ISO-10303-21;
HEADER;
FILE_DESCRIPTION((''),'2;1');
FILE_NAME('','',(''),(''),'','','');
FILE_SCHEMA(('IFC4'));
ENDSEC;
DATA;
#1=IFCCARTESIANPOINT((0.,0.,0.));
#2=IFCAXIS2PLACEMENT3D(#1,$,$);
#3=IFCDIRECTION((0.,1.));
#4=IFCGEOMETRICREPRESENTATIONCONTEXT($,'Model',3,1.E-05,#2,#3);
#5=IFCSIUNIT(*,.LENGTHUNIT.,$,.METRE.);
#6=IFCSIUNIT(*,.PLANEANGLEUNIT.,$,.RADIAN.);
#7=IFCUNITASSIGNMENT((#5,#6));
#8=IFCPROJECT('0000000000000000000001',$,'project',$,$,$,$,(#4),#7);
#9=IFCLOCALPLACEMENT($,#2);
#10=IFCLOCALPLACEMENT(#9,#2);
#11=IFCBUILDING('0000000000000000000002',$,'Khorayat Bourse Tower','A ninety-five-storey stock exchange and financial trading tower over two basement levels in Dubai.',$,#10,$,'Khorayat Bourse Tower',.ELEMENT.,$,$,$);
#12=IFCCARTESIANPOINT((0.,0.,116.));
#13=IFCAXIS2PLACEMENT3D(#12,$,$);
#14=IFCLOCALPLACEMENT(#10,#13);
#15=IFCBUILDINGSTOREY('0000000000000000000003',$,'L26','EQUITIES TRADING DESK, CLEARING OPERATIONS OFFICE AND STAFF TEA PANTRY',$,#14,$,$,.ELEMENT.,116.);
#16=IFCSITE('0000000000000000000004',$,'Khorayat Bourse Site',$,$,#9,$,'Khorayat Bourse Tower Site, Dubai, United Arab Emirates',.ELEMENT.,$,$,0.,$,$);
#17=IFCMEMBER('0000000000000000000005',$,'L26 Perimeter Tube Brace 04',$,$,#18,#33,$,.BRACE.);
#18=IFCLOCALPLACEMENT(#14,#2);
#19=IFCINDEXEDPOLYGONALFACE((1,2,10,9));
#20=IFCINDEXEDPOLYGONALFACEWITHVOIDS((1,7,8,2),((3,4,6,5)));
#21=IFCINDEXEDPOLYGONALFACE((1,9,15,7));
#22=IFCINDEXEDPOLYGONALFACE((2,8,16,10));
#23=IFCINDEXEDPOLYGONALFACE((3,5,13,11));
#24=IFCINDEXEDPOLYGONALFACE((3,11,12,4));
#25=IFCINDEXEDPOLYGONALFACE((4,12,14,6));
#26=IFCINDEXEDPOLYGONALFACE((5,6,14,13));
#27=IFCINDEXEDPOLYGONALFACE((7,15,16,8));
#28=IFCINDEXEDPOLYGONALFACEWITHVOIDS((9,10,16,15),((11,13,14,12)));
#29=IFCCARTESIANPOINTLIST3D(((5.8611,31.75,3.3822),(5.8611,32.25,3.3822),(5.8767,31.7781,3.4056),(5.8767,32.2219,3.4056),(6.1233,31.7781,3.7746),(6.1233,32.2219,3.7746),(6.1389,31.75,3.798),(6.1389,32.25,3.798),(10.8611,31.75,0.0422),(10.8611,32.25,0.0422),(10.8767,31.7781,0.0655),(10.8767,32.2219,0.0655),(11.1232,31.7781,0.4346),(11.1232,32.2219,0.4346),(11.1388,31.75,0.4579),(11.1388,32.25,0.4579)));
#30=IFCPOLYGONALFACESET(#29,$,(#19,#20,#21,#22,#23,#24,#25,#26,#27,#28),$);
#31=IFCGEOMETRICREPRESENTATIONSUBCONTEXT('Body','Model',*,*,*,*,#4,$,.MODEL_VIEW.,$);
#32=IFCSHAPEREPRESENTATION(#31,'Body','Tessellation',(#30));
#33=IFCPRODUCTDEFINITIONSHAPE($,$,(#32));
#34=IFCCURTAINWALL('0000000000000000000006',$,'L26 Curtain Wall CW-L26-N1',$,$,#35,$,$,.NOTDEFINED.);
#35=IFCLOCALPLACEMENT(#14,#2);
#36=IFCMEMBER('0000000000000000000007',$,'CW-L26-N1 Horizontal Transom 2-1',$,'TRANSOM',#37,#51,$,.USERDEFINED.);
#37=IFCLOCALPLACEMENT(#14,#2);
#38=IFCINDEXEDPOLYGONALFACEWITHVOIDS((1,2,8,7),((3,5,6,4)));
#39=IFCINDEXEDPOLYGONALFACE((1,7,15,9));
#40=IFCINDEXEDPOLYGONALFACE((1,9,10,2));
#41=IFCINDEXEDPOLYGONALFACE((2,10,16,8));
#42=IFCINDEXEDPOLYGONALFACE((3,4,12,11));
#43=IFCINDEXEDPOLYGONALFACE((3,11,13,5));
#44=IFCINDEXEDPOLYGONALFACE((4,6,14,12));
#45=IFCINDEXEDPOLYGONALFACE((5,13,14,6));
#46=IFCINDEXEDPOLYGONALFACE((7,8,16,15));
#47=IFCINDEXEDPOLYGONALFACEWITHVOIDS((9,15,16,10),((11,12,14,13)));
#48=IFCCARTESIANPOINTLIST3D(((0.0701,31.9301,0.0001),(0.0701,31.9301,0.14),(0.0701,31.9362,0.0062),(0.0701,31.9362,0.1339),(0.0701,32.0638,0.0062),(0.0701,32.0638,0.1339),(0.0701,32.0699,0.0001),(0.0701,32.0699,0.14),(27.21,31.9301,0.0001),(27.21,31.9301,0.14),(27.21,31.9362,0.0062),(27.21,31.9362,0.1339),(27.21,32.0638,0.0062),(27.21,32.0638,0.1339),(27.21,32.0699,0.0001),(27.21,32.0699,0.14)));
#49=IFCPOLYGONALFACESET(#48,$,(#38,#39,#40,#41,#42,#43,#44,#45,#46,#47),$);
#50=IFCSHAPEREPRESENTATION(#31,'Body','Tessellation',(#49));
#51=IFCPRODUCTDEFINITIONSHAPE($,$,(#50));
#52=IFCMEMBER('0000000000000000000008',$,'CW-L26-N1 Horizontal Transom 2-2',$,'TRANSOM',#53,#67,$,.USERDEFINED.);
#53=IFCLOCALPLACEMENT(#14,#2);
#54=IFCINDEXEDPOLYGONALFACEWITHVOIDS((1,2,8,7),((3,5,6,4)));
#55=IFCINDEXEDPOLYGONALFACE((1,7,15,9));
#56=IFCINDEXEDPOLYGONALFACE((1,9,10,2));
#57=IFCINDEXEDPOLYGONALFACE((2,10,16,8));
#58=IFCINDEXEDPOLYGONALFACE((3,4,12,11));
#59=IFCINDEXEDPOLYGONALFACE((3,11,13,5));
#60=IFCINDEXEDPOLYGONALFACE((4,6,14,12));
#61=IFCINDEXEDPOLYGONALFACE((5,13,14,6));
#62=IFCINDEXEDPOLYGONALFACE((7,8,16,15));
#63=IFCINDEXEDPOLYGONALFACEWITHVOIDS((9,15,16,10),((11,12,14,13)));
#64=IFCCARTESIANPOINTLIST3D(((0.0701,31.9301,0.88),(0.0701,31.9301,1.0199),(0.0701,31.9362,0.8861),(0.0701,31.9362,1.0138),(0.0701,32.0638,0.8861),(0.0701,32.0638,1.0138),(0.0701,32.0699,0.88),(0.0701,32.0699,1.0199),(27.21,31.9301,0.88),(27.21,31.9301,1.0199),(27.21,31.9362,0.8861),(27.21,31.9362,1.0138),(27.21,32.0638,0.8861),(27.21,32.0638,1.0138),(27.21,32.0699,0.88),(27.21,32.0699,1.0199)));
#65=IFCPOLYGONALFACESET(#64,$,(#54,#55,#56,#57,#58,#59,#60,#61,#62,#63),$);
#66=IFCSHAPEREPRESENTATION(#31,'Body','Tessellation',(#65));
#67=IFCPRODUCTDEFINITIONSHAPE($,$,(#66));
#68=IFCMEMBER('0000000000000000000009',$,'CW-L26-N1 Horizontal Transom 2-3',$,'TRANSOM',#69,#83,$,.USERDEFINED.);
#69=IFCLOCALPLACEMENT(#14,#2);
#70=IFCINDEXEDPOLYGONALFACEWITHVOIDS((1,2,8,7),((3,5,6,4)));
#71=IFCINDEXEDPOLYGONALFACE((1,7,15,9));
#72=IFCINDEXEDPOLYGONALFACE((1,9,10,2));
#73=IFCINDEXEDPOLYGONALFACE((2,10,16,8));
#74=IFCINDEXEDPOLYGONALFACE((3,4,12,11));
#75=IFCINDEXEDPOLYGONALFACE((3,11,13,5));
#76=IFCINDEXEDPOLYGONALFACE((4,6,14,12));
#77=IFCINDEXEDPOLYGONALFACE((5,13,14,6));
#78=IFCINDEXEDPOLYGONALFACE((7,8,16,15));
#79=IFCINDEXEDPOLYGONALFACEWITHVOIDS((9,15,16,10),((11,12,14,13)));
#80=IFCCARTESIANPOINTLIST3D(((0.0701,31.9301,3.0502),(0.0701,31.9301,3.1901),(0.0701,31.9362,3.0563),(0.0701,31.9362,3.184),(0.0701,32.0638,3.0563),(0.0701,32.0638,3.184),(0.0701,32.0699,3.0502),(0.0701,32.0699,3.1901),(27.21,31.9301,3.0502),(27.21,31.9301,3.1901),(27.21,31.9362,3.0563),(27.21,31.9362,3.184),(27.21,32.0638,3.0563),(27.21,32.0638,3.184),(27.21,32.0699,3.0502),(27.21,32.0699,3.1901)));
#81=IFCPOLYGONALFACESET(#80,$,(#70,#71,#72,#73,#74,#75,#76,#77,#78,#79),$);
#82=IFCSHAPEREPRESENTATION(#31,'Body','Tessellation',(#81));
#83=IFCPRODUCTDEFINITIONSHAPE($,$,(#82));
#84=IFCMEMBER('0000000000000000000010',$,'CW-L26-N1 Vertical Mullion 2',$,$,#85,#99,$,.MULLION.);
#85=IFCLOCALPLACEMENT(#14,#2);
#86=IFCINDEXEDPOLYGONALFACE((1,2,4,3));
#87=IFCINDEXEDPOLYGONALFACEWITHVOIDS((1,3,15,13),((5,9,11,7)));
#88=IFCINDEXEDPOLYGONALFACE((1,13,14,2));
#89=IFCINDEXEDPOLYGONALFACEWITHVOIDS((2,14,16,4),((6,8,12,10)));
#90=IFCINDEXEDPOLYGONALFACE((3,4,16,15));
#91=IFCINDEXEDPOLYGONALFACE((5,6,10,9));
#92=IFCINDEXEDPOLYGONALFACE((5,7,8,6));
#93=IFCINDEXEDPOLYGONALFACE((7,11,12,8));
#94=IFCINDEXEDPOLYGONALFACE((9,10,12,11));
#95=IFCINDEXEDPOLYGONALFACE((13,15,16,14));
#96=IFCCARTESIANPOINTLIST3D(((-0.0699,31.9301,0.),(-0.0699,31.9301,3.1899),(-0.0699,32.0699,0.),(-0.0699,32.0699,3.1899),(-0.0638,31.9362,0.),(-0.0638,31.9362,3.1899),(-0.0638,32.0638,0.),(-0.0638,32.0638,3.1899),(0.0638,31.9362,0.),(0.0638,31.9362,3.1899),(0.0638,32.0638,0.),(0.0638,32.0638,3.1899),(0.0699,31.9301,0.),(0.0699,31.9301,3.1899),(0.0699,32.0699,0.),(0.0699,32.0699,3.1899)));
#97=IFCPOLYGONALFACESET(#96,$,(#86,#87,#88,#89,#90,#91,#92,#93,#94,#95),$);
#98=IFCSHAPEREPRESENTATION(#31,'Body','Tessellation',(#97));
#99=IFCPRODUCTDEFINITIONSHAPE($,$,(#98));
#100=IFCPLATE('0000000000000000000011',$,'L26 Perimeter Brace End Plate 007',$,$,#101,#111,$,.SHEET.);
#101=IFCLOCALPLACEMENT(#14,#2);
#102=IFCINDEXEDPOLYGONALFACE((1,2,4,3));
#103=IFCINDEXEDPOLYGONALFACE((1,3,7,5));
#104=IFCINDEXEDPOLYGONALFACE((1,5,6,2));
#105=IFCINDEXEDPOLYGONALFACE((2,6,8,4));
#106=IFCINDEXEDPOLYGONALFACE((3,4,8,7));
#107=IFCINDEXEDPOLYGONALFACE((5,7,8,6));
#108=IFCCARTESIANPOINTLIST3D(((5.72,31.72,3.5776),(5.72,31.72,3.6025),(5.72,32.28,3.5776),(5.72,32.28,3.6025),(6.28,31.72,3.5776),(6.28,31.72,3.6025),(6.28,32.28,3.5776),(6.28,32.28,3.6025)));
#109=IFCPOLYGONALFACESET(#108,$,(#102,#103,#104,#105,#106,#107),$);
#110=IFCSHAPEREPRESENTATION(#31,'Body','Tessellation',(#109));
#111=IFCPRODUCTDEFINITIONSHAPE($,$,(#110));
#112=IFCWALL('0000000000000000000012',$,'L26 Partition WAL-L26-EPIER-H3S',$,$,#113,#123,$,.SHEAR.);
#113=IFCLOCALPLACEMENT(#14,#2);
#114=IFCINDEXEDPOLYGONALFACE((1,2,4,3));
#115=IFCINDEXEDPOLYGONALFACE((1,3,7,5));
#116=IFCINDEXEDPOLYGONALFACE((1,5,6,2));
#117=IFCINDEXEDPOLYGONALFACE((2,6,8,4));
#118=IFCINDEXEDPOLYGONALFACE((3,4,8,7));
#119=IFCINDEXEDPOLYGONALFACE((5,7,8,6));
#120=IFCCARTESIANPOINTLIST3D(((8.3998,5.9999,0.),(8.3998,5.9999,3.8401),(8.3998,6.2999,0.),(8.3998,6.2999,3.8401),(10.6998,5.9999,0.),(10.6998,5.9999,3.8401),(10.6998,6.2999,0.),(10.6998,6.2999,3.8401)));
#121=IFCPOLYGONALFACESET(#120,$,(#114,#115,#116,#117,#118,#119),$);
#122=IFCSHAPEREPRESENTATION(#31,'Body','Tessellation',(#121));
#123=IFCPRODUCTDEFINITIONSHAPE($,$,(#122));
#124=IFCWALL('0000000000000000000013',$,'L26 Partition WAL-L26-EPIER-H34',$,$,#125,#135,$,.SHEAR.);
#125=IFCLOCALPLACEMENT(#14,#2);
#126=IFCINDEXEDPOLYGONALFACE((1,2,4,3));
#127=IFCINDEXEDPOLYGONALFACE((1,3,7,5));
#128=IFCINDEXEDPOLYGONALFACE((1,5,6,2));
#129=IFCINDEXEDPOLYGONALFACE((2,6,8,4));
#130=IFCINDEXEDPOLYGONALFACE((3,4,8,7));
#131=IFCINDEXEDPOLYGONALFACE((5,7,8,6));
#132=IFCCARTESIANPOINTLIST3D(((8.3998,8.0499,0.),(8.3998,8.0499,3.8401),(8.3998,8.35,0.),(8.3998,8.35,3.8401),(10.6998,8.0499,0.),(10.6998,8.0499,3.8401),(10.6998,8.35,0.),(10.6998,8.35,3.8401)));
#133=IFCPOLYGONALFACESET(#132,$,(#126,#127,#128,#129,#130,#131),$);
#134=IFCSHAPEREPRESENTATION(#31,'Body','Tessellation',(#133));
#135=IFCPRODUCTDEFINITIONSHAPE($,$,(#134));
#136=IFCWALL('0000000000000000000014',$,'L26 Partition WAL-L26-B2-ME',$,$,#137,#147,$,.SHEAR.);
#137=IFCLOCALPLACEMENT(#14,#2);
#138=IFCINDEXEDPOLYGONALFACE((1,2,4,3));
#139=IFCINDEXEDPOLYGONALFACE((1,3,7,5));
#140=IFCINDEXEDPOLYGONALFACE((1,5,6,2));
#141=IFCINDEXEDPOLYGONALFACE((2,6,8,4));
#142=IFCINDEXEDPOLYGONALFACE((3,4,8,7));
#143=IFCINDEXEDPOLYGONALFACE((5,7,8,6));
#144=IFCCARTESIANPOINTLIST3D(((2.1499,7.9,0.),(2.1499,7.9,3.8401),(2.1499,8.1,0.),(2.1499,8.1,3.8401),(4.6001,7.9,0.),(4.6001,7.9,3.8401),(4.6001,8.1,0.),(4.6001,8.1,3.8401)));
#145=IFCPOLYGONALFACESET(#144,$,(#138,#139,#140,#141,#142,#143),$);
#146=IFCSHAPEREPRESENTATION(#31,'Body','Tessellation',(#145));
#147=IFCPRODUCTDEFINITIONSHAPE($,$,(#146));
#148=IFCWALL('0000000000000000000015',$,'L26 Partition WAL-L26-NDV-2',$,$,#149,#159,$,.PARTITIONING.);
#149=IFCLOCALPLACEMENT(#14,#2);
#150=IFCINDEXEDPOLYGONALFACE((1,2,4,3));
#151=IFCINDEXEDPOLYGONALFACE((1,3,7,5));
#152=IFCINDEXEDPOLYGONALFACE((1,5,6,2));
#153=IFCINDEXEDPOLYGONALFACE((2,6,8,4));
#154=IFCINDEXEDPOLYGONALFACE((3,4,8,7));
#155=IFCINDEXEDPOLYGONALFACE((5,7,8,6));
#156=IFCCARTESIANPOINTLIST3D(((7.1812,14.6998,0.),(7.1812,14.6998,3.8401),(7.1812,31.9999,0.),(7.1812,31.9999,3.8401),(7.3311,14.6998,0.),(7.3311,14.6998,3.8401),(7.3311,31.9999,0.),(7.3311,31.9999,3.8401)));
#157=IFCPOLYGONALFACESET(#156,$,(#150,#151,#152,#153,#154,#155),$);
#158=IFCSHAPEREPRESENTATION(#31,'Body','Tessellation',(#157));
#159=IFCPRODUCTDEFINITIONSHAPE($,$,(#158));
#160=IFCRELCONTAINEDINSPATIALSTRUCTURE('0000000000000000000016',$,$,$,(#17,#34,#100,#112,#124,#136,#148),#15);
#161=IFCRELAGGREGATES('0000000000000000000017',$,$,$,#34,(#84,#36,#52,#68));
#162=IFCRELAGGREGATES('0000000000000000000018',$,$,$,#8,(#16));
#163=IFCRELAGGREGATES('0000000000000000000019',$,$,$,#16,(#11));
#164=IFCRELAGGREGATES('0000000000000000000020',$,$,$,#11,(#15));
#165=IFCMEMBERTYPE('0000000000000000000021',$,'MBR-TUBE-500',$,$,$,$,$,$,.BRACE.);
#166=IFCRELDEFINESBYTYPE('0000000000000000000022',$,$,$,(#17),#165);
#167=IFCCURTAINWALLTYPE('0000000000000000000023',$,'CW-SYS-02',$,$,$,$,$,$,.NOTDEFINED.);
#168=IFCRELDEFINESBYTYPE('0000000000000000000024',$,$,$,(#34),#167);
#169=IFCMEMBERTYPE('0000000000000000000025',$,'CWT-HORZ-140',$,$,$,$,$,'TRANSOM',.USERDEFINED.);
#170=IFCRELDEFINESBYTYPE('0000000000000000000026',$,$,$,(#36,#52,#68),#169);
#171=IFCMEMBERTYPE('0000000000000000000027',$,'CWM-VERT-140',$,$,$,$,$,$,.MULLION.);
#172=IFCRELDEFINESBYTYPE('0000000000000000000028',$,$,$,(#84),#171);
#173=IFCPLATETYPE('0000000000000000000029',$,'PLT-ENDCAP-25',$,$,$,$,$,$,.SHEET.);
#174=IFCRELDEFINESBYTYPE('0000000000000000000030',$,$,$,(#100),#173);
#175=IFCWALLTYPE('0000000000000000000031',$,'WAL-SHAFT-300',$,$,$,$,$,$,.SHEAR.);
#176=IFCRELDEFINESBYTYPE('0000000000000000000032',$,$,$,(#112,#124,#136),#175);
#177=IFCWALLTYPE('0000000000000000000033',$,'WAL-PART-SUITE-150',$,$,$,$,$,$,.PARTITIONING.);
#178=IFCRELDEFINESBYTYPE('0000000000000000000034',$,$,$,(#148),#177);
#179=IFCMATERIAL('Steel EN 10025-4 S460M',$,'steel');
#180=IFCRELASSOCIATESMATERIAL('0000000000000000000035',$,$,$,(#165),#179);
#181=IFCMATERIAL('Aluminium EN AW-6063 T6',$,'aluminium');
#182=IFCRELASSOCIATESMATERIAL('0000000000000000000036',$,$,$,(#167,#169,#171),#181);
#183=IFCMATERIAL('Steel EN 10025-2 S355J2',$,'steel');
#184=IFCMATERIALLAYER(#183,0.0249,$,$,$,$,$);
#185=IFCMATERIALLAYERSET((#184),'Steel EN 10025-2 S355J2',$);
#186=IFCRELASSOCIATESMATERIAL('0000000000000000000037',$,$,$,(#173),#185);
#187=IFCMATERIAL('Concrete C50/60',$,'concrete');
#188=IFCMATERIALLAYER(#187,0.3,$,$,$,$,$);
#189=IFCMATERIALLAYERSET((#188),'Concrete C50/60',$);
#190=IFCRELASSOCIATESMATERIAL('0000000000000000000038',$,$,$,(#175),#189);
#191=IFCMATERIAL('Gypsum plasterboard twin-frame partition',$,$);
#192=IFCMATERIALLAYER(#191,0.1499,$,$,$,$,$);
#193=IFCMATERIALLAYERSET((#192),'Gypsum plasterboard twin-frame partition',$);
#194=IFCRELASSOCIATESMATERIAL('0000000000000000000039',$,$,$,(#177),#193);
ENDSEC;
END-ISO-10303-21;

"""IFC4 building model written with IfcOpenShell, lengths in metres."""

from ifc_helpers import new_model, si_unit, direction, frame, frame_2d, origin, origin_2d, place, context, subcontext, project, spatial, rectangle, hollow_rectangle, extrude, source, transform, mapped, material, layer, layer_set, material_profile, profile_set, type_object, element, aggregate, save


model = new_model("IFC4")

# Units and contexts
model_context = context("Model", 3, precision=1e-05, world=origin(), true_north=direction((0.0, 1.0)))
body_context = subcontext(model_context, "Body", "Model", "MODEL_VIEW")
ifc_project = project(units=[si_unit("LENGTHUNIT", "METRE"), si_unit("PLANEANGLEUNIT", "RADIAN")], contexts=[model_context])

# Site, building, storey
site_placement = place(None, origin())
site = spatial("IfcSite", under=ifc_project, at=site_placement, Name="Khorayat Bourse Site", LongName="Khorayat Bourse Tower Site, Dubai, United Arab Emirates", CompositionType="ELEMENT", RefElevation=0.0)
building_placement = place(site_placement, origin())
building = spatial("IfcBuilding", under=site, at=building_placement, Name="Khorayat Bourse Tower", Description="A ninety-five-storey stock exchange and financial trading tower over two basement levels in Dubai.", LongName="Khorayat Bourse Tower", CompositionType="ELEMENT")
storey_placement = place(building_placement, frame((0.0, 0.0, 116.0)))
storey = spatial("IfcBuildingStorey", under=building, at=storey_placement, Name="L26", Description="EQUITIES TRADING DESK, CLEARING OPERATIONS OFFICE AND STAFF TEA PANTRY", CompositionType="ELEMENT", Elevation=116.0)

# Shared definitions
ifc_material_1 = material(Name="Steel EN 10025-4 S460M", Category="steel")

# Member
ifc_material_profile_1 = material_profile(ifc_material_1, hollow_rectangle(XDim=0.5, YDim=0.5, WallThickness=0.0281, at=origin_2d()), Name="HSS 500x500x28")
ifc_profile_set_1 = profile_set([ifc_material_profile_1], Name="Steel EN 10025-4 S460M")
member_type_1 = type_object("IfcMemberType", Name="MBR-TUBE-500", PredefinedType="BRACE", material=ifc_profile_set_1)
shared_shape_1 = source(origin(), body_context, "Body", "SweptSolid", [
    extrude(hollow_rectangle(XDim=0.5, YDim=0.5, WallThickness=0.0281, at=origin_2d()), origin(), (0.0, 0.0, 1.0), 6.0129),
])
member_1_placement = place(storey_placement, frame((6.0, 32.0, 3.5901), z_axis=(0.831531, 0.0, -0.555478), x_axis=(0.0, 1.0, 0.0)))
element("IfcMember", 1, at=member_1_placement, inside=storey, type_object=member_type_1, Name="L26 Perimeter Tube Brace 04", PredefinedType="BRACE", context=body_context, shape_type="MappedRepresentation", body=[
    mapped(shared_shape_1, transform((0.0, 0.0, 0.0), scale=1.0)),
])

# Curtain wall, members
ifc_material_2 = material(Name="Aluminium EN AW-6063 T6", Category="aluminium")
curtain_wall_type = type_object("IfcCurtainWallType", Name="CW-SYS-02", PredefinedType="NOTDEFINED", material=ifc_material_2)
curtain_wall_placement = place(storey_placement, origin())
curtain_wall = element("IfcCurtainWall", 2, at=curtain_wall_placement, inside=storey, type_object=curtain_wall_type, Name="L26 Curtain Wall CW-L26-N1", PredefinedType="NOTDEFINED")
ifc_material_profile_2 = material_profile(ifc_material_2, hollow_rectangle(XDim=0.1399, YDim=0.1399, WallThickness=0.0061, at=origin_2d()), Name="ALU 140x140x6")
ifc_profile_set_2 = profile_set([ifc_material_profile_2], Name="Aluminium EN AW-6063 T6")
member_type_2 = type_object("IfcMemberType", Name="CWT-HORZ-140", ElementType="TRANSOM", PredefinedType="USERDEFINED", material=ifc_profile_set_2)
shared_shape_2 = source(origin(), body_context, "Body", "SweptSolid", [
    extrude(hollow_rectangle(XDim=0.1399, YDim=0.1399, WallThickness=0.0061, at=origin_2d()), origin(), (0.0, 0.0, 1.0), 27.1399),
])
member_2_placement = place(storey_placement, frame((0.0701, 32.0, 0.0701), z_axis=(1.0, 0.0, 0.0), x_axis=(0.0, 1.0, 0.0)))
member_2 = element("IfcMember", 3, at=member_2_placement, type_object=member_type_2, Name="CW-L26-N1 Horizontal Transom 2-1", ObjectType="TRANSOM", PredefinedType="USERDEFINED", context=body_context, shape_type="MappedRepresentation", body=[
    mapped(shared_shape_2, transform((0.0, 0.0, 0.0), scale=1.0)),
])
member_3_placement = place(storey_placement, frame((0.0701, 32.0, 0.95), z_axis=(1.0, 0.0, 0.0), x_axis=(0.0, 1.0, 0.0)))
member_3 = element("IfcMember", 4, at=member_3_placement, type_object=member_type_2, Name="CW-L26-N1 Horizontal Transom 2-2", ObjectType="TRANSOM", PredefinedType="USERDEFINED", context=body_context, shape_type="MappedRepresentation", body=[
    mapped(shared_shape_2, transform((0.0, 0.0, 0.0), scale=1.0)),
])
member_4_placement = place(storey_placement, frame((0.0701, 32.0, 3.1201), z_axis=(1.0, 0.0, 0.0), x_axis=(0.0, 1.0, 0.0)))
member_4 = element("IfcMember", 5, at=member_4_placement, type_object=member_type_2, Name="CW-L26-N1 Horizontal Transom 2-3", ObjectType="TRANSOM", PredefinedType="USERDEFINED", context=body_context, shape_type="MappedRepresentation", body=[
    mapped(shared_shape_2, transform((0.0, 0.0, 0.0), scale=1.0)),
])
ifc_material_profile_3 = material_profile(ifc_material_2, hollow_rectangle(XDim=0.1399, YDim=0.1399, WallThickness=0.0061, at=origin_2d()), Name="ALU 140x140x6")
ifc_profile_set_3 = profile_set([ifc_material_profile_3], Name="Aluminium EN AW-6063 T6")
member_type_3 = type_object("IfcMemberType", Name="CWM-VERT-140", PredefinedType="MULLION", material=ifc_profile_set_3)
shared_shape_3 = source(origin(), body_context, "Body", "SweptSolid", [
    extrude(hollow_rectangle(XDim=0.1399, YDim=0.1399, WallThickness=0.0061, at=origin_2d()), origin(), (0.0, 0.0, 1.0), 3.1899),
])
member_5_placement = place(storey_placement, frame((0.0, 32.0, 0.0), z_axis=(0.0, 0.0, 1.0), x_axis=(0.0, 1.0, 0.0)))
member_5 = element("IfcMember", 6, at=member_5_placement, type_object=member_type_3, Name="CW-L26-N1 Vertical Mullion 2", PredefinedType="MULLION", context=body_context, shape_type="MappedRepresentation", body=[
    mapped(shared_shape_3, transform((0.0, 0.0, 0.0), scale=1.0)),
])
aggregate(curtain_wall, [member_5, member_2, member_3, member_4])

# Plate
ifc_material_3 = material(Name="Steel EN 10025-2 S355J2", Category="steel")
ifc_layer_1 = layer(ifc_material_3, 0.0249)
ifc_layer_set_1 = layer_set([ifc_layer_1], Name="Steel EN 10025-2 S355J2")
plate_type = type_object("IfcPlateType", Name="PLT-ENDCAP-25", PredefinedType="SHEET", material=ifc_layer_set_1)
shared_shape_4 = source(origin(), body_context, "Body", "SweptSolid", [
    extrude(rectangle(XDim=0.5601, YDim=0.5601, at=origin_2d()), origin(), (0.0, 0.0, 1.0), 0.0249),
])
plate_placement = place(storey_placement, frame((6.0, 32.0, 3.5776), z_axis=(0.0, 0.0, 1.0), x_axis=(1.0, 0.0, 0.0)))
element("IfcPlate", 7, at=plate_placement, inside=storey, type_object=plate_type, Name="L26 Perimeter Brace End Plate 007", PredefinedType="SHEET", context=body_context, shape_type="MappedRepresentation", body=[
    mapped(shared_shape_4, transform((0.0, 0.0, 0.0), scale=1.0)),
])

# Walls
ifc_material_4 = material(Name="Concrete C50/60", Category="concrete")
ifc_layer_2 = layer(ifc_material_4, 0.3)
ifc_layer_set_2 = layer_set([ifc_layer_2], Name="Concrete C50/60")
wall_type_1 = type_object("IfcWallType", Name="WAL-SHAFT-300", PredefinedType="SHEAR", material=ifc_layer_set_2)
shared_shape_5 = source(origin(), body_context, "Body", "SweptSolid", [
    extrude(rectangle(XDim=2.3, YDim=0.3, at=frame_2d((1.1499, 0.0))), origin(), (0.0, 0.0, 1.0), 3.8401),
])
for number, where, z_axis, x_axis, name in (
    (8, (8.3999, 6.1499, 0.0), (0.0, 0.0, 1.0), (1.0, 0.0, 0.0), "L26 Partition WAL-L26-EPIER-H3S"),
    (9, (8.3999, 8.2, 0.0), (0.0, 0.0, 1.0), (1.0, 0.0, 0.0), "L26 Partition WAL-L26-EPIER-H34"),
):
    element("IfcWall", number, at=place(storey_placement, frame(where, z_axis=z_axis, x_axis=x_axis)), inside=storey, type_object=wall_type_1, Name=name, PredefinedType="SHEAR", context=body_context, shape_type="MappedRepresentation", body=[
        mapped(shared_shape_5, transform((0.0, 0.0, 0.0), scale=1.0)),
    ])
shared_shape_6 = source(origin(), body_context, "Body", "SweptSolid", [
    extrude(rectangle(XDim=2.4502, YDim=0.2, at=frame_2d((1.2251, 0.0))), origin(), (0.0, 0.0, 1.0), 3.8401),
])
wall_1_placement = place(storey_placement, frame((2.1499, 8.0, 0.0), z_axis=(0.0, 0.0, 1.0), x_axis=(1.0, 0.0, 0.0)))
element("IfcWall", 10, at=wall_1_placement, inside=storey, type_object=wall_type_1, Name="L26 Partition WAL-L26-B2-ME", PredefinedType="SHEAR", context=body_context, shape_type="MappedRepresentation", body=[
    mapped(shared_shape_6, transform((0.0, 0.0, 0.0), scale=1.0)),
])
ifc_material_5 = material(Name="Gypsum plasterboard twin-frame partition")
ifc_layer_3 = layer(ifc_material_5, 0.1499)
ifc_layer_set_3 = layer_set([ifc_layer_3], Name="Gypsum plasterboard twin-frame partition")
wall_type_2 = type_object("IfcWallType", Name="WAL-PART-SUITE-150", PredefinedType="PARTITIONING", material=ifc_layer_set_3)
shared_shape_7 = source(origin(), body_context, "Body", "SweptSolid", [
    extrude(rectangle(XDim=17.3, YDim=0.1499, at=frame_2d((8.6499, 0.0))), origin(), (0.0, 0.0, 1.0), 3.8401),
])
wall_2_placement = place(storey_placement, frame((7.2561, 14.7, 0.0), z_axis=(0.0, 0.0, 1.0), x_axis=(0.0, 1.0, 0.0)))
element("IfcWall", 11, at=wall_2_placement, inside=storey, type_object=wall_type_2, Name="L26 Partition WAL-L26-NDV-2", PredefinedType="PARTITIONING", context=body_context, shape_type="MappedRepresentation", body=[
    mapped(shared_shape_7, transform((0.0, 0.0, 0.0), scale=1.0)),
])

save(model, "model.ifc")
